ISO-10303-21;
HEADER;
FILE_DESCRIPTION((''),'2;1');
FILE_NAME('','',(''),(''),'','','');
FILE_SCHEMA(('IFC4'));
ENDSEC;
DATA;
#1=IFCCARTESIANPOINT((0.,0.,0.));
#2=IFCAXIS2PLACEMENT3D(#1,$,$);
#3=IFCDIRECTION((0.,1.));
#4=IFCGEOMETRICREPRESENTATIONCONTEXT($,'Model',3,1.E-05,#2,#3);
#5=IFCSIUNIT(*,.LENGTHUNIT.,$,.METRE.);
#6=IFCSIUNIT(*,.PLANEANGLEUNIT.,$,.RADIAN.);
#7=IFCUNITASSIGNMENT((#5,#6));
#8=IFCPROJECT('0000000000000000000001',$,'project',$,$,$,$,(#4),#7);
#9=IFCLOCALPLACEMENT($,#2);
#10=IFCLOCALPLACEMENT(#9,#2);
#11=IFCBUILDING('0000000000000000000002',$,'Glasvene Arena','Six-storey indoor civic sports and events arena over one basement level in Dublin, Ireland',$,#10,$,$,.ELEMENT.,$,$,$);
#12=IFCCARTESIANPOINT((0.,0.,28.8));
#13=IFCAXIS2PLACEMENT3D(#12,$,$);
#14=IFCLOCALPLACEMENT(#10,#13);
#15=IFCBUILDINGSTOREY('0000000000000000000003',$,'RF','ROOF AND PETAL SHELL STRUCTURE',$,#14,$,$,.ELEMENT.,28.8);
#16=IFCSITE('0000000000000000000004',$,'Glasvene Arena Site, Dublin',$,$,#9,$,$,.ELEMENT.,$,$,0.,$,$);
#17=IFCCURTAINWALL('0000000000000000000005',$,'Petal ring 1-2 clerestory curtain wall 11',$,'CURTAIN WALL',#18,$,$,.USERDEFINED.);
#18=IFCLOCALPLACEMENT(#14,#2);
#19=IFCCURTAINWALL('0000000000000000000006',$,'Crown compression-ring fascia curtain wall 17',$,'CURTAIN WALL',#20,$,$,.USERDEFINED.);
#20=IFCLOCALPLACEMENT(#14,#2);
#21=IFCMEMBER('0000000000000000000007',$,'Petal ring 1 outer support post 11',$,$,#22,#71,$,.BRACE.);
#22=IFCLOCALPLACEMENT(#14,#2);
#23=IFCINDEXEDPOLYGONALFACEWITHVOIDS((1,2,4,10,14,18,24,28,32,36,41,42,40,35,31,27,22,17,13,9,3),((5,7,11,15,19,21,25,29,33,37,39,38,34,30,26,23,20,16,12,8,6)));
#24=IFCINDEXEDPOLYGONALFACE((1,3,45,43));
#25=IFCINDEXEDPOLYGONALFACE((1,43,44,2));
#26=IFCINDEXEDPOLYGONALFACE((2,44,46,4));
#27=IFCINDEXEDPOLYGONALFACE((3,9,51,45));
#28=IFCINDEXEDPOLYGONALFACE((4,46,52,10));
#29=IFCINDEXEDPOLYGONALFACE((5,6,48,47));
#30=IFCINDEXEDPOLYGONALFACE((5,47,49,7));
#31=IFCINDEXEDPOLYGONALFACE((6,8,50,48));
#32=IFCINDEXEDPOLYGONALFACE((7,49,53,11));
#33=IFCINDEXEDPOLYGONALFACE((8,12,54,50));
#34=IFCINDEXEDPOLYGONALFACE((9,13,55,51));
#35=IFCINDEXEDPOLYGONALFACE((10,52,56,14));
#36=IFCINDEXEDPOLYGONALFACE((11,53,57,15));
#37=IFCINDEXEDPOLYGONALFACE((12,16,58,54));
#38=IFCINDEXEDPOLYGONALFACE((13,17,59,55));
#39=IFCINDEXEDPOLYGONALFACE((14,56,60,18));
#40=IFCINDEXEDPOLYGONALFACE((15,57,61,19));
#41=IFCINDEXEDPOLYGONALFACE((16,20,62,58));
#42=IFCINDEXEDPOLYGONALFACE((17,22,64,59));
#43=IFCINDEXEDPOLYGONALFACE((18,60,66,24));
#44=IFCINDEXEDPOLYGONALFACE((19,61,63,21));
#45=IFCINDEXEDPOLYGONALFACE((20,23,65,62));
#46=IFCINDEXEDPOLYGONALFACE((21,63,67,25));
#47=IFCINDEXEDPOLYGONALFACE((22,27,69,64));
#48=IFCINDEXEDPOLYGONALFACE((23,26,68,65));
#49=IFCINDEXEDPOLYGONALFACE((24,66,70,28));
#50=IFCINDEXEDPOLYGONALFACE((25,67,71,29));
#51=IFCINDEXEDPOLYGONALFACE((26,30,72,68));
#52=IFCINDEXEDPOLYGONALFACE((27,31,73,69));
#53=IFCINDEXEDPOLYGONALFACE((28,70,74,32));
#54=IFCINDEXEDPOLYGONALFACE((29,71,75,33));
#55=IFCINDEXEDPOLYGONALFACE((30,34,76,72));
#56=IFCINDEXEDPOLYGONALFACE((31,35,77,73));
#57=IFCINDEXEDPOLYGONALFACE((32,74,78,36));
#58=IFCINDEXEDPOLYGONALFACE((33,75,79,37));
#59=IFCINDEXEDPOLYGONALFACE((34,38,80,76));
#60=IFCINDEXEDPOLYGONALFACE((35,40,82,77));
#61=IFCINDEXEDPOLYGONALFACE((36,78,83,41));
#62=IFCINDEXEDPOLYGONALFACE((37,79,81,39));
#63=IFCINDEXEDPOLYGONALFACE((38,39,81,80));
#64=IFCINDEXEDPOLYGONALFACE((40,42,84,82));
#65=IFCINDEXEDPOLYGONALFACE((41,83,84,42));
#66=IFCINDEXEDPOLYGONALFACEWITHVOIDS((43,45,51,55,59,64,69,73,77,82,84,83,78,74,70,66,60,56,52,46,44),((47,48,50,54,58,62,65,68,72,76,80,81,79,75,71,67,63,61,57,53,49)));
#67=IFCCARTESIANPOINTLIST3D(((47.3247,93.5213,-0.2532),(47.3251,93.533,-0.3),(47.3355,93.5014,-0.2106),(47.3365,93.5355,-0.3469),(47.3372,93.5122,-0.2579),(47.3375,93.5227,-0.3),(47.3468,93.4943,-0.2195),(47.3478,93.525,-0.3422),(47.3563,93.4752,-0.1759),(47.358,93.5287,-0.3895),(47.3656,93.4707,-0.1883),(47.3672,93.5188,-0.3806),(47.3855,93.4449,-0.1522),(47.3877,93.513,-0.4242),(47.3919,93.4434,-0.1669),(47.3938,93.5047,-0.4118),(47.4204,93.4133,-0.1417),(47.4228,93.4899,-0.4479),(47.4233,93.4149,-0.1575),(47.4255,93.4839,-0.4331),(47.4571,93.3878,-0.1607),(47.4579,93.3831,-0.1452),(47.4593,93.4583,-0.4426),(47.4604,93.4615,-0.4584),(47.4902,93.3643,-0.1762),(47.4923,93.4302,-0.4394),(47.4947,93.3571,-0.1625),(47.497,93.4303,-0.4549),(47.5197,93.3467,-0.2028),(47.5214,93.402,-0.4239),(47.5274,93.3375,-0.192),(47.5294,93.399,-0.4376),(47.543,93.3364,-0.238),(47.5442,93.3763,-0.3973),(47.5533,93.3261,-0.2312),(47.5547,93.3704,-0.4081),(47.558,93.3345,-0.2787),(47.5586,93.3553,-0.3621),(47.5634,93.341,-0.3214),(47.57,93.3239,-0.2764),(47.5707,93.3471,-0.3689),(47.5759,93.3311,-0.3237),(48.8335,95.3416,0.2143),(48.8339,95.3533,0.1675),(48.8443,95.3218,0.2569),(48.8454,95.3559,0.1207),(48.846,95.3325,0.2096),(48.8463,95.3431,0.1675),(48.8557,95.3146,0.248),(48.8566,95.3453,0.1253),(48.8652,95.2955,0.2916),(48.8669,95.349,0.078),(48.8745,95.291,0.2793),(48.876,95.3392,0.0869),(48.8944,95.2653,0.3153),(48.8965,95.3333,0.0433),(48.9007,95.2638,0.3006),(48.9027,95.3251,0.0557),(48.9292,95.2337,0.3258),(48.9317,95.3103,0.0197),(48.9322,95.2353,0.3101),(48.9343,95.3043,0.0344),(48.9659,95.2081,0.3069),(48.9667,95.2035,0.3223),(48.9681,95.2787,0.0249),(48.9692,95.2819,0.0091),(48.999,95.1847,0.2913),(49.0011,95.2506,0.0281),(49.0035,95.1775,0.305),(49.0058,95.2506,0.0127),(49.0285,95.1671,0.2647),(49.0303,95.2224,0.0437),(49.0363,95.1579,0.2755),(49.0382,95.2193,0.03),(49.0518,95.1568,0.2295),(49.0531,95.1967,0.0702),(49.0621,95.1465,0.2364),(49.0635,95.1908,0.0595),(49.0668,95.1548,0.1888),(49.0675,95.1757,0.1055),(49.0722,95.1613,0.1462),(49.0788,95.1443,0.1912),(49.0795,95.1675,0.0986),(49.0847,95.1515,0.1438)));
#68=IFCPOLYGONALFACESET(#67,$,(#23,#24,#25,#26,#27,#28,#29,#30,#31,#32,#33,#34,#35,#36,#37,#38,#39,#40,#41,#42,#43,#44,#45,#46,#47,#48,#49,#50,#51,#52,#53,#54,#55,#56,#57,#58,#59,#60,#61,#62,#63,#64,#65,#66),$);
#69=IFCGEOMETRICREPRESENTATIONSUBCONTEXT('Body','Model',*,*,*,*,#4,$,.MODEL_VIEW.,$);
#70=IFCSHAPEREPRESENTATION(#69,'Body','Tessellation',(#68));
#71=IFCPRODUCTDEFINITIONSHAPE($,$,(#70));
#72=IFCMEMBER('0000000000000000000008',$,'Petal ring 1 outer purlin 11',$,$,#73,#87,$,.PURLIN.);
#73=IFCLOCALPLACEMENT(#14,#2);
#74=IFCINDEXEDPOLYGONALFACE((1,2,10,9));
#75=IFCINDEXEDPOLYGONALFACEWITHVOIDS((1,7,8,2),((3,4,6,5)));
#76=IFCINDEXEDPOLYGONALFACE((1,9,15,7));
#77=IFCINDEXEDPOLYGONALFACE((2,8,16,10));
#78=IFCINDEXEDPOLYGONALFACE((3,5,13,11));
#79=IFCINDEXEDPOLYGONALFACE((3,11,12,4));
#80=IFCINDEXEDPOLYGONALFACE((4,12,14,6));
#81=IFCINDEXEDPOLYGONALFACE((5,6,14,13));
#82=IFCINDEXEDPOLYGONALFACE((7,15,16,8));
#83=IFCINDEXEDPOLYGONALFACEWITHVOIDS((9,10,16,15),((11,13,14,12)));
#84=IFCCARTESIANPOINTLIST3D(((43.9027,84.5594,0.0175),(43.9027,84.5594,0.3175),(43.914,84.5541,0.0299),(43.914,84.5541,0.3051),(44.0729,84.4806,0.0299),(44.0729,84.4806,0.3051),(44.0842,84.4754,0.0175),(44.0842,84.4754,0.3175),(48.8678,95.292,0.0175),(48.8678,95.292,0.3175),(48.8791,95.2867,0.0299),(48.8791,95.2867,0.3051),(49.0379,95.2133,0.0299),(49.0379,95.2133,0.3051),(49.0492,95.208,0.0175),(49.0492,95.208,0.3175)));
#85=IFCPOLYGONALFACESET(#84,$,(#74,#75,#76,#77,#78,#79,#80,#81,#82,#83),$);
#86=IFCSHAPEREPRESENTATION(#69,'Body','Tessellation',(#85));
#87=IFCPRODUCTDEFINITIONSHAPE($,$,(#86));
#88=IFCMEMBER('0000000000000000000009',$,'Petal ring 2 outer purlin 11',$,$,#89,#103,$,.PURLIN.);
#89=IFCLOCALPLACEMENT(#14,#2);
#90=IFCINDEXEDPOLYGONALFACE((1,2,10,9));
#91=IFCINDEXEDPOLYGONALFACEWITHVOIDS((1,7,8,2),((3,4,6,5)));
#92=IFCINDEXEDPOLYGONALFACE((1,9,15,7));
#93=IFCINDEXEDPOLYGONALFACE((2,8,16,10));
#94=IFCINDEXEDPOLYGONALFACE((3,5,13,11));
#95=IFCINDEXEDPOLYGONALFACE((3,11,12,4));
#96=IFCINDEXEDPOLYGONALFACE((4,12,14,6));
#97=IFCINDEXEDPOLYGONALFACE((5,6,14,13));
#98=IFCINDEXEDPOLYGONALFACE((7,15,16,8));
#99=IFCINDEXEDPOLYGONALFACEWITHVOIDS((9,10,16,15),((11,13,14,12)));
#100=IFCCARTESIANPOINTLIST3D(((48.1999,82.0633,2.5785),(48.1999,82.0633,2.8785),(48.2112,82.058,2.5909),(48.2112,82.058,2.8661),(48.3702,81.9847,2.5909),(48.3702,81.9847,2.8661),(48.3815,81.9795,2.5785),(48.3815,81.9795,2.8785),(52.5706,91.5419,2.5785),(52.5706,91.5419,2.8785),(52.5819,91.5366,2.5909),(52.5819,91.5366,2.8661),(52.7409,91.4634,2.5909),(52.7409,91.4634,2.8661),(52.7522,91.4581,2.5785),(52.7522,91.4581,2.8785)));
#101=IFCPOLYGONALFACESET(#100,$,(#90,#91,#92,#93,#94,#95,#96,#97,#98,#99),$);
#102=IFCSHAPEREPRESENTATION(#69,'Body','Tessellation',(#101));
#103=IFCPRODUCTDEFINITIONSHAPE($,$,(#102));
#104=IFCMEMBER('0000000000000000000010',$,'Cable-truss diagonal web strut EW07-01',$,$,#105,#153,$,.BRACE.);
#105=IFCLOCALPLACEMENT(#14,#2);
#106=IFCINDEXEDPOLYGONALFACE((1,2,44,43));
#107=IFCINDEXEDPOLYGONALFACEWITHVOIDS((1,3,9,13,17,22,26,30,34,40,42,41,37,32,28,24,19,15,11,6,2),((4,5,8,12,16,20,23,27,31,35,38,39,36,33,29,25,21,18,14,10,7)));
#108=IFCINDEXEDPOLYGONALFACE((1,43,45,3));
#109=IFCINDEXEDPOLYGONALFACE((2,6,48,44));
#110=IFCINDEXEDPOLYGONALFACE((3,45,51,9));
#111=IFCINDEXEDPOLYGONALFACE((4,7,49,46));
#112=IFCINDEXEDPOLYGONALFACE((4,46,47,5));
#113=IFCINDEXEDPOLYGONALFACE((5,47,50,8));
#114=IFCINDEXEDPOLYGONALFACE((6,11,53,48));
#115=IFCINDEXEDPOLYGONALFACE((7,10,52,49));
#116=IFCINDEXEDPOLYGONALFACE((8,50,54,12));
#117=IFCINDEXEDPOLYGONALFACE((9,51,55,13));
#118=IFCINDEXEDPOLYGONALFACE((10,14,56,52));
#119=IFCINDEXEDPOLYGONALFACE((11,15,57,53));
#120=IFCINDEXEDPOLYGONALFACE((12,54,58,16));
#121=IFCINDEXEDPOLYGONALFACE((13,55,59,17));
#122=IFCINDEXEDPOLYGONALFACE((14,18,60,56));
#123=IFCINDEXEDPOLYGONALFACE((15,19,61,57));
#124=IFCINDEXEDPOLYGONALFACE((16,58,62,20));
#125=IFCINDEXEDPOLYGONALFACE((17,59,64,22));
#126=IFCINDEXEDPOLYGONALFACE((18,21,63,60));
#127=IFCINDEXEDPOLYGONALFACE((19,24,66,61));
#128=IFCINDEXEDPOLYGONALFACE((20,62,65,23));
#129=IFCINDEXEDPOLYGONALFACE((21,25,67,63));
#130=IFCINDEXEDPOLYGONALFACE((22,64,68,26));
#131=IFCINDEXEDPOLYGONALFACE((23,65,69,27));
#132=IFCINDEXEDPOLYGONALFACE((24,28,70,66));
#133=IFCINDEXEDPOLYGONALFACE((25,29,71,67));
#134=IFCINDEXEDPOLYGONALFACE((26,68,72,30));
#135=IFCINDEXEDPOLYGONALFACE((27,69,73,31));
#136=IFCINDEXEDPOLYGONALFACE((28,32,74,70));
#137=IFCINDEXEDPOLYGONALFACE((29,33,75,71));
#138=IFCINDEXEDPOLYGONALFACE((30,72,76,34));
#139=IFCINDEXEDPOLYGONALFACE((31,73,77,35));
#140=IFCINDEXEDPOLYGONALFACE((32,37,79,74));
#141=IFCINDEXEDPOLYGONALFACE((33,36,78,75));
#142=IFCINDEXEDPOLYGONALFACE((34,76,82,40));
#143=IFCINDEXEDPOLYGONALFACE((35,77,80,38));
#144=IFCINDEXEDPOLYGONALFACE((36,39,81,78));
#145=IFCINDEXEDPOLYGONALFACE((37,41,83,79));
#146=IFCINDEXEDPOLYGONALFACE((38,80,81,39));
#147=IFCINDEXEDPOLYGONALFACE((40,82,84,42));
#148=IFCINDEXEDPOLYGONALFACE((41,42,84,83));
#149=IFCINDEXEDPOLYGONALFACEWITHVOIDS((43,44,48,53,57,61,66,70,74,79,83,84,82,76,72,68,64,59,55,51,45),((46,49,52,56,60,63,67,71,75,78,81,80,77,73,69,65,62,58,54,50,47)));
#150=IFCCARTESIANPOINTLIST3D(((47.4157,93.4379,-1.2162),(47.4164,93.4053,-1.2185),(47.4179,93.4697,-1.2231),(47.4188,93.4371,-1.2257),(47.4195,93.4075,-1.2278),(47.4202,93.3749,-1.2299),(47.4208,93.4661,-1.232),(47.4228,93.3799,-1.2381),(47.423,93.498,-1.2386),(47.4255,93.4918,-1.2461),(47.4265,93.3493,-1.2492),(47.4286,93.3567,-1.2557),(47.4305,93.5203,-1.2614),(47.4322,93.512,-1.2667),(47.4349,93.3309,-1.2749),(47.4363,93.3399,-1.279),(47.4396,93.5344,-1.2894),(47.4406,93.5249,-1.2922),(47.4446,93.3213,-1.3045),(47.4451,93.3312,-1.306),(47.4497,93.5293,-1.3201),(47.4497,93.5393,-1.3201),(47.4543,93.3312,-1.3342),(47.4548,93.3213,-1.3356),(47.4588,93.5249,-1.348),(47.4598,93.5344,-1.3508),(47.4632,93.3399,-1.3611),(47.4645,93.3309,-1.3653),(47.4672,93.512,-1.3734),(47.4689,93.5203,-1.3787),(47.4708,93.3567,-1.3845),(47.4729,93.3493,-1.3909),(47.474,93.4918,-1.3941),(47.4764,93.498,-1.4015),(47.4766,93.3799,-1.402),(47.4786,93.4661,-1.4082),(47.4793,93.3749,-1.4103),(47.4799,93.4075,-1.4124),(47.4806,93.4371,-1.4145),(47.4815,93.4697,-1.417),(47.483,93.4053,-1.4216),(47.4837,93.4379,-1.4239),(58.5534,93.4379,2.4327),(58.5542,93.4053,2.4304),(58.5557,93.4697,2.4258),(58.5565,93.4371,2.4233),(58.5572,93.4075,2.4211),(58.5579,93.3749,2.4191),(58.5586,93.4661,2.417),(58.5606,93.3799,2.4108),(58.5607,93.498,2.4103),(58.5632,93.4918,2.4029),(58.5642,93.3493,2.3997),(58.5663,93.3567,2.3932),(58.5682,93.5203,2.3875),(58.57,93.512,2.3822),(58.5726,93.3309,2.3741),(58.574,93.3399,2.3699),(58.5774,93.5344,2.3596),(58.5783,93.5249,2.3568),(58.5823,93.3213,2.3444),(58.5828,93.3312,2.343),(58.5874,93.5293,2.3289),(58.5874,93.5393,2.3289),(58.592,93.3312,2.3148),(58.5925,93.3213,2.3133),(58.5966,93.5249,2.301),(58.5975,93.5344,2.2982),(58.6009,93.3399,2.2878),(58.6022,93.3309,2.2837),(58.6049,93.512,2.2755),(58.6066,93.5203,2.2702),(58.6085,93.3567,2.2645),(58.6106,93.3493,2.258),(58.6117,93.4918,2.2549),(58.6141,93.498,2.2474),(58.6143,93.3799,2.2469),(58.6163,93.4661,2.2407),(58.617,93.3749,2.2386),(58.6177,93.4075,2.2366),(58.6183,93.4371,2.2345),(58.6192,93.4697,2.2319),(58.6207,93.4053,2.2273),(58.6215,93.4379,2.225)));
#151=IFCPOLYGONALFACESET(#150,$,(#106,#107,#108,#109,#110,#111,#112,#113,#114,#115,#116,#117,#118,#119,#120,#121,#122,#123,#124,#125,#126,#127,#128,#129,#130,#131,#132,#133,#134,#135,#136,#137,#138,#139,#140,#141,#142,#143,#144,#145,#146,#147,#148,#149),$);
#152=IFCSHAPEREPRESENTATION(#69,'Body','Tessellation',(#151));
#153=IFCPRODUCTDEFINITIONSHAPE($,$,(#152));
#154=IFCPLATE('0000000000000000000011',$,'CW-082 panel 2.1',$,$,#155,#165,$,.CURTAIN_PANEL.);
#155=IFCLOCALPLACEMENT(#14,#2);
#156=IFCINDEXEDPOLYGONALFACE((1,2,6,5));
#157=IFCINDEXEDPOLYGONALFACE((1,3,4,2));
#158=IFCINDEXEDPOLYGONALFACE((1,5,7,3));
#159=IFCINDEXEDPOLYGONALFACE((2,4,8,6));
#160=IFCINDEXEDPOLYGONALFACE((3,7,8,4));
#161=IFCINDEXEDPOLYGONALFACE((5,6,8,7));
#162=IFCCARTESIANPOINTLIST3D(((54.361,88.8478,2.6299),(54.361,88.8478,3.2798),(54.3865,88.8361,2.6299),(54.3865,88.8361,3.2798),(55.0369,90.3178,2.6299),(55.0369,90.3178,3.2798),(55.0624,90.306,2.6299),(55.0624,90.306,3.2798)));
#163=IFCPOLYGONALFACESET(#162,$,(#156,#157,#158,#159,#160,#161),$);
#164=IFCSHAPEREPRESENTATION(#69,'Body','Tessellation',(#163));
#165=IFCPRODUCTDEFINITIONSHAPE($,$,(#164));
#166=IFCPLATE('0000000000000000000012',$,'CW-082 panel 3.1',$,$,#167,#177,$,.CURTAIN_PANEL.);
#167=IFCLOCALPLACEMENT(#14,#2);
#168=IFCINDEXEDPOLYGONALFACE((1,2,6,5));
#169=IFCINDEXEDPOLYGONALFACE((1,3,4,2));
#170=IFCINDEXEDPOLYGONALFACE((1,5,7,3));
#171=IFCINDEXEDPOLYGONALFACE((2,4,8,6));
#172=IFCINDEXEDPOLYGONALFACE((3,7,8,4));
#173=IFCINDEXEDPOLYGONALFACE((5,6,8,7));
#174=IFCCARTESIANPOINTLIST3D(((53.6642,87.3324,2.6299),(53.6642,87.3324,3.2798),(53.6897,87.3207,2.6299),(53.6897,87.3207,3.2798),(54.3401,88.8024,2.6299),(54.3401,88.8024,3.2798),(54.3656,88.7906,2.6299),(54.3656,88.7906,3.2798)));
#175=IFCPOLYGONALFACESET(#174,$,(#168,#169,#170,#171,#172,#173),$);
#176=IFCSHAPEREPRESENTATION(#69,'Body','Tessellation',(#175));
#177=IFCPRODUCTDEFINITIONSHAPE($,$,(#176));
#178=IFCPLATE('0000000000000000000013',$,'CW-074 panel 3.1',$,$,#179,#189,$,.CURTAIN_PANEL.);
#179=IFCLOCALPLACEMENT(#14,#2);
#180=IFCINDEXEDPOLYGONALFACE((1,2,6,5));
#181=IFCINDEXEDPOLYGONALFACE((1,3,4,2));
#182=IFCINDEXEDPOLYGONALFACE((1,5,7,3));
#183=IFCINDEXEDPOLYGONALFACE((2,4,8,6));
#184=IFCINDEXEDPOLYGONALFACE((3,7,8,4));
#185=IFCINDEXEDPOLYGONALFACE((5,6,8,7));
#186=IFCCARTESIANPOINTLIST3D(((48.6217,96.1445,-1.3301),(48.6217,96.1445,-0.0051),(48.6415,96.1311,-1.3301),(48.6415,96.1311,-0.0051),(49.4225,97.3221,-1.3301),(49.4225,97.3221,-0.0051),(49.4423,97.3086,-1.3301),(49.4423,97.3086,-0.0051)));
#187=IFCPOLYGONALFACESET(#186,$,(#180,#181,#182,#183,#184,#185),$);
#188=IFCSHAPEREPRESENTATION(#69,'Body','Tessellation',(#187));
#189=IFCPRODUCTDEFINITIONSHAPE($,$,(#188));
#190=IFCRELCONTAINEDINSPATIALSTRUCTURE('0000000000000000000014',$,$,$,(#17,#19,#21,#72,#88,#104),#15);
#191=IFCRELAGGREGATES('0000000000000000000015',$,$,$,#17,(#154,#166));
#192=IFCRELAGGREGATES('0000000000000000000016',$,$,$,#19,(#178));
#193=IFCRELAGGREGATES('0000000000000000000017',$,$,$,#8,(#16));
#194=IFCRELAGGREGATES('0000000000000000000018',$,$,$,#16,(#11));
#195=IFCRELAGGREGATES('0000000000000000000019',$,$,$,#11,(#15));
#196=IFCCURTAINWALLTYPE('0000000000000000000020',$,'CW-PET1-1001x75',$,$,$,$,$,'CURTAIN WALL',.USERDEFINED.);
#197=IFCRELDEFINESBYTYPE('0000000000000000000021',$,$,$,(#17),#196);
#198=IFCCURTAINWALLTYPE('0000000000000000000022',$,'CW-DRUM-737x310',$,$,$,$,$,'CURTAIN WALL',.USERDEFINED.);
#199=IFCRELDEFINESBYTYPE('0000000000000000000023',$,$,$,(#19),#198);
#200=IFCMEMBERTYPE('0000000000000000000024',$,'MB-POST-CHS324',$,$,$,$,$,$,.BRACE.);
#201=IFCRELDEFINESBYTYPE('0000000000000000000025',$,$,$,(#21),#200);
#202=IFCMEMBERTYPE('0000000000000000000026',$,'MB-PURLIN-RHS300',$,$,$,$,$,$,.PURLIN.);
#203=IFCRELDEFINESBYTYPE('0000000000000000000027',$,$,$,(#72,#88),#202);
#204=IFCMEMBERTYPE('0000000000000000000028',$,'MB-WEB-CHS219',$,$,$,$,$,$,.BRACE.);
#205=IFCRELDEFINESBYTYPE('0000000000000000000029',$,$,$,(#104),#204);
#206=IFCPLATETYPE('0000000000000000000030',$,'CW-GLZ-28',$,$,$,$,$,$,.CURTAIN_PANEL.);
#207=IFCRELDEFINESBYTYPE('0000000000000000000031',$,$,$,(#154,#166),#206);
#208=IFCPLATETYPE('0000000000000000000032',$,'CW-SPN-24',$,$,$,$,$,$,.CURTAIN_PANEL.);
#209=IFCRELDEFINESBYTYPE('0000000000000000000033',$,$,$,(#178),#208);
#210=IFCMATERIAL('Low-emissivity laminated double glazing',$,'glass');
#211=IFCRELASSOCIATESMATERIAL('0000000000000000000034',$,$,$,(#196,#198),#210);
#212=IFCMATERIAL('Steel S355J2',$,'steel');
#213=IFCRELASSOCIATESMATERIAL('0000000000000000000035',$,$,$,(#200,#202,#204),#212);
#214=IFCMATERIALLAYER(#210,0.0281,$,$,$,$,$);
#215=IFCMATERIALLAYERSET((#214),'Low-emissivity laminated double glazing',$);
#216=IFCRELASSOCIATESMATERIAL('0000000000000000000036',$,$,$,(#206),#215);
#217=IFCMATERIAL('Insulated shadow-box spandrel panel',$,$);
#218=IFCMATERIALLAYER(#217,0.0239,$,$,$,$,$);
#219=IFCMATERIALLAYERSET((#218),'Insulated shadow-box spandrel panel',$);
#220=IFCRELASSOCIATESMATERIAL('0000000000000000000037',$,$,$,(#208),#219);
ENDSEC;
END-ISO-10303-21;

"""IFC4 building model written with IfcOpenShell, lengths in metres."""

from ifc_helpers import new_model, si_unit, direction, frame, origin, origin_2d, place, context, subcontext, project, spatial, rectangle, hollow_rectangle, hollow_circle, extrude, material, layer, layer_set, material_profile, profile_set, type_object, element, aggregate, save


model = new_model("IFC4")

# Units and contexts
model_context = context("Model", 3, precision=1e-05, world=origin(), true_north=direction((0.0, 1.0)))
body_context = subcontext(model_context, "Body", "Model", "MODEL_VIEW")
ifc_project = project(units=[si_unit("LENGTHUNIT", "METRE"), si_unit("PLANEANGLEUNIT", "RADIAN")], contexts=[model_context])

# Site, building, storey
site_placement = place(None, origin())
site = spatial("IfcSite", under=ifc_project, at=site_placement, Name="Glasvene Arena Site, Dublin", CompositionType="ELEMENT", RefElevation=0.0)
building_placement = place(site_placement, origin())
building = spatial("IfcBuilding", under=site, at=building_placement, Name="Glasvene Arena", Description="Six-storey indoor civic sports and events arena over one basement level in Dublin, Ireland", CompositionType="ELEMENT")
storey_placement = place(building_placement, frame((0.0, 0.0, 28.8)))
storey = spatial("IfcBuildingStorey", under=building, at=storey_placement, Name="RF", Description="ROOF AND PETAL SHELL STRUCTURE", CompositionType="ELEMENT", Elevation=28.8)

# Shared definitions
ifc_material_1 = material(Name="Steel S355J2", Category="steel")

# Curtain wall
ifc_material_2 = material(Name="Low-emissivity laminated double glazing", Category="glass")
curtain_wall_type_1 = type_object("IfcCurtainWallType", Name="CW-PET1-1001x75", ElementType="CURTAIN WALL", PredefinedType="USERDEFINED", material=ifc_material_2)
curtain_wall_1_placement = place(storey_placement, frame((55.7568, 91.8501, 0.0)))
curtain_wall_1 = element("IfcCurtainWall", 1, at=curtain_wall_1_placement, inside=storey, type_object=curtain_wall_type_1, Name="Petal ring 1-2 clerestory curtain wall 11", ObjectType="CURTAIN WALL", PredefinedType="USERDEFINED")

# Curtain wall
curtain_wall_type_2 = type_object("IfcCurtainWallType", Name="CW-DRUM-737x310", ElementType="CURTAIN WALL", PredefinedType="USERDEFINED", material=ifc_material_2)
curtain_wall_2_placement = place(storey_placement, frame((51.1042, 99.7737, 0.0)))
curtain_wall_2 = element("IfcCurtainWall", 2, at=curtain_wall_2_placement, inside=storey, type_object=curtain_wall_type_2, Name="Crown compression-ring fascia curtain wall 17", ObjectType="CURTAIN WALL", PredefinedType="USERDEFINED")

# Members
ifc_material_profile_1 = material_profile(ifc_material_1, hollow_circle(Radius=0.1619, WallThickness=0.0161, at=origin_2d()), Name="CHS 323.9x16.0")
ifc_profile_set_1 = profile_set([ifc_material_profile_1], Name="Steel S355J2")
member_type_1 = type_object("IfcMemberType", Name="MB-POST-CHS324", PredefinedType="BRACE", material=ifc_profile_set_1)
member_1_placement = place(storey_placement, frame((47.4497, 93.4297, -0.3), z_axis=(0.626028, 0.755286, 0.193988), x_axis=(-0.769911, 0.638151, 0.0)))
element("IfcMember", 3, at=member_1_placement, inside=storey, type_object=member_type_1, Name="Petal ring 1 outer support post 11", PredefinedType="BRACE", context=body_context, shape_type="SweptSolid", body=[
    extrude(hollow_circle(Radius=0.1619, WallThickness=0.0161, at=origin_2d()), origin(), (0.0, 0.0, 1.0), 2.4102),
])
ifc_material_profile_2 = material_profile(ifc_material_1, hollow_rectangle(XDim=0.2, YDim=0.3, WallThickness=0.0125, at=origin_2d()), Name="RHS 300x200x12.5")
ifc_profile_set_2 = profile_set([ifc_material_profile_2], Name="Steel S355J2")
member_type_2 = type_object("IfcMemberType", Name="MB-PURLIN-RHS300", PredefinedType="PURLIN", material=ifc_profile_set_2)
member_2_placement = place(storey_placement, frame((48.9585, 95.25, 0.1675), z_axis=(-0.419863, -0.907587, 0.0), x_axis=(0.907587, -0.419863, 0.0)))
element("IfcMember", 4, at=member_2_placement, inside=storey, type_object=member_type_2, Name="Petal ring 1 outer purlin 11", PredefinedType="PURLIN", context=body_context, shape_type="SweptSolid", body=[
    extrude(hollow_rectangle(XDim=0.2, YDim=0.3, WallThickness=0.0125, at=origin_2d()), origin(), (0.0, 0.0, 1.0), 11.8254),
])
member_3_placement = place(storey_placement, frame((52.6614, 91.5, 2.7285), z_axis=(-0.418735, -0.908109, 0.0), x_axis=(0.908109, -0.418735, 0.0)))
element("IfcMember", 5, at=member_3_placement, inside=storey, type_object=member_type_2, Name="Petal ring 2 outer purlin 11", PredefinedType="PURLIN", context=body_context, shape_type="SweptSolid", body=[
    extrude(hollow_rectangle(XDim=0.2, YDim=0.3, WallThickness=0.0125, at=origin_2d()), origin(), (0.0, 0.0, 1.0), 10.4377),
])
ifc_material_profile_3 = material_profile(ifc_material_1, hollow_circle(Radius=0.1096, WallThickness=0.01, at=origin_2d()), Name="CHS 219.1x10.0")
ifc_profile_set_3 = profile_set([ifc_material_profile_3], Name="Steel S355J2")
member_type_3 = type_object("IfcMemberType", Name="MB-WEB-CHS219", PredefinedType="BRACE", material=ifc_profile_set_3)
member_4_placement = place(storey_placement, frame((47.4497, 93.4297, -1.3201), z_axis=(0.9503, 0.0, 0.311337), x_axis=(0.0, 1.0, 0.0)))
element("IfcMember", 6, at=member_4_placement, inside=storey, type_object=member_type_3, Name="Cable-truss diagonal web strut EW07-01", PredefinedType="BRACE", context=body_context, shape_type="SweptSolid", body=[
    extrude(hollow_circle(Radius=0.1096, WallThickness=0.01, at=origin_2d()), origin(), (0.0, 0.0, 1.0), 11.7202),
])

# Plates
ifc_layer_1 = layer(ifc_material_2, 0.0281)
ifc_layer_set_1 = layer_set([ifc_layer_1], Name="Low-emissivity laminated double glazing")
plate_type_1 = type_object("IfcPlateType", Name="CW-GLZ-28", PredefinedType="CURTAIN_PANEL", material=ifc_layer_set_1)
plate_1_placement = place(storey_placement, frame((54.7117, 89.5769, 2.6299), z_axis=(0.0, 0.0, 1.0), x_axis=(-0.417761, -0.908557, 0.0)))
plate_1 = element("IfcPlate", 7, at=plate_1_placement, type_object=plate_type_1, Name="CW-082 panel 2.1", PredefinedType="CURTAIN_PANEL", context=body_context, shape_type="SweptSolid", body=[
    extrude(rectangle(XDim=1.6179, YDim=0.0281, at=origin_2d()), origin(), (0.0, 0.0, 1.0), 0.6499),
])
plate_2_placement = place(storey_placement, frame((54.0149, 88.0615, 2.6299), z_axis=(0.0, 0.0, 1.0), x_axis=(-0.417761, -0.908557, 0.0)))
plate_2 = element("IfcPlate", 8, at=plate_2_placement, type_object=plate_type_1, Name="CW-082 panel 3.1", PredefinedType="CURTAIN_PANEL", context=body_context, shape_type="SweptSolid", body=[
    extrude(rectangle(XDim=1.6179, YDim=0.0281, at=origin_2d()), origin(), (0.0, 0.0, 1.0), 0.6499),
])
aggregate(curtain_wall_1, [plate_1, plate_2])
ifc_material_3 = material(Name="Insulated shadow-box spandrel panel")
ifc_layer_2 = layer(ifc_material_3, 0.0239)
ifc_layer_set_2 = layer_set([ifc_layer_2], Name="Insulated shadow-box spandrel panel")
plate_type_2 = type_object("IfcPlateType", Name="CW-SPN-24", PredefinedType="CURTAIN_PANEL", material=ifc_layer_set_2)
plate_3_placement = place(storey_placement, frame((49.032, 96.7266, -1.3301), z_axis=(0.0, 0.0, 1.0), x_axis=(-0.562354, -0.826896, 0.0)))
plate_3 = element("IfcPlate", 9, at=plate_3_placement, type_object=plate_type_2, Name="CW-074 panel 3.1", PredefinedType="CURTAIN_PANEL", context=body_context, shape_type="SweptSolid", body=[
    extrude(rectangle(XDim=1.4241, YDim=0.0239, at=origin_2d()), origin(), (0.0, 0.0, 1.0), 1.325),
])
aggregate(curtain_wall_2, [plate_3])

save(model, "model.ifc")
